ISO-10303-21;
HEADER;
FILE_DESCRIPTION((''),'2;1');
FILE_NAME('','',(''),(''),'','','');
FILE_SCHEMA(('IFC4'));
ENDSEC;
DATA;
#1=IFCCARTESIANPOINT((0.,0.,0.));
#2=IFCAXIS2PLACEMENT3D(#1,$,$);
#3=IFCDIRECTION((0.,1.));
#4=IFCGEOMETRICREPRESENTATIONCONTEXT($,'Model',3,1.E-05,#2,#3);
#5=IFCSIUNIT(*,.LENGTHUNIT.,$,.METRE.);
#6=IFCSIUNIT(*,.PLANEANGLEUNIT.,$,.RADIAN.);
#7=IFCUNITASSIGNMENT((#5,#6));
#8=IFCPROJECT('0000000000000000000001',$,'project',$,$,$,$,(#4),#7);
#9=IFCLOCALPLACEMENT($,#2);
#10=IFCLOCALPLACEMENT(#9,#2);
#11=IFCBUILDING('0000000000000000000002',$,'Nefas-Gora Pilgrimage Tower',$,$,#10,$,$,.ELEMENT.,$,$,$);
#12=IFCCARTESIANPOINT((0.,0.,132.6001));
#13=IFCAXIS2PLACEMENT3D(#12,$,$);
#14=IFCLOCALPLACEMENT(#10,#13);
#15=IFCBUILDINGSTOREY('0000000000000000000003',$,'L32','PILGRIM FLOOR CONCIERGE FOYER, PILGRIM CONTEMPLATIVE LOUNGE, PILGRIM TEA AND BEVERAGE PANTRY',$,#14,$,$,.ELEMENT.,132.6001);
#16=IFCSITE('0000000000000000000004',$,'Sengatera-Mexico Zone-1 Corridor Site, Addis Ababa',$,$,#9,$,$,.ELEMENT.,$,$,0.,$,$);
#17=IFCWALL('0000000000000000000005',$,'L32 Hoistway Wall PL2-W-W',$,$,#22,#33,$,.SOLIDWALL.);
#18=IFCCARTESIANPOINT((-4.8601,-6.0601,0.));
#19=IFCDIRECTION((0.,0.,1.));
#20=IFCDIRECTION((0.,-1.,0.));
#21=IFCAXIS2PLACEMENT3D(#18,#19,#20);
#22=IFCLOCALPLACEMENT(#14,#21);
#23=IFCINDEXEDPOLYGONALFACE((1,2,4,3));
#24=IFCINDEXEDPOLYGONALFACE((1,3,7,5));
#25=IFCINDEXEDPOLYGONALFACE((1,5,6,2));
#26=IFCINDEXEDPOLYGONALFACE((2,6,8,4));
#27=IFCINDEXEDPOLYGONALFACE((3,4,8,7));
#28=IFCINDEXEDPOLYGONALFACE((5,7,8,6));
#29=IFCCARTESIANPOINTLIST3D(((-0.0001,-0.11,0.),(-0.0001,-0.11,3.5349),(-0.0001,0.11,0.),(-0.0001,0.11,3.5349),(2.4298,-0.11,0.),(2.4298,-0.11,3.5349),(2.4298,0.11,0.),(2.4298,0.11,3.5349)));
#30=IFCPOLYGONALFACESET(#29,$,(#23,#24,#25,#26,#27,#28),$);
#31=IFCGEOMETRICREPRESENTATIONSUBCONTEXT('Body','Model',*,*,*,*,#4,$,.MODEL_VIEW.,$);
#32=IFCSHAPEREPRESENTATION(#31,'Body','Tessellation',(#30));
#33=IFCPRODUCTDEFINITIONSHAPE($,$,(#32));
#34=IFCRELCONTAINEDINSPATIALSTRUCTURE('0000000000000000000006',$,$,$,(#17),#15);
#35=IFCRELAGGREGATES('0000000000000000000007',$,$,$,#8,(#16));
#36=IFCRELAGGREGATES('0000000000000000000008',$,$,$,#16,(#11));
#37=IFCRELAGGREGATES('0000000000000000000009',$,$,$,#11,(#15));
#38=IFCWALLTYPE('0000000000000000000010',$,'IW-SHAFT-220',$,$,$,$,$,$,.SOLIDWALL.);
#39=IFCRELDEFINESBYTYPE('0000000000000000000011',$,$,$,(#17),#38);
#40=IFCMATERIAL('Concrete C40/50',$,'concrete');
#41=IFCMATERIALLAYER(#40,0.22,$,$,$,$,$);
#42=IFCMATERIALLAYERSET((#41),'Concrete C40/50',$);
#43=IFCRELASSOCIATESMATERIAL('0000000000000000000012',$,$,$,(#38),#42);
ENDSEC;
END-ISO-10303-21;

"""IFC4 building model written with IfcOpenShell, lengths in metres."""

from ifc_helpers import new_model, si_unit, direction, frame, frame_2d, origin, place, context, subcontext, project, spatial, rectangle, extrude, source, transform, mapped, material, layer, layer_set, type_object, element, save


model = new_model("IFC4")

# Units and contexts
model_context = context("Model", 3, precision=1e-05, world=origin(), true_north=direction((0.0, 1.0)))
body_context = subcontext(model_context, "Body", "Model", "MODEL_VIEW")
ifc_project = project(units=[si_unit("LENGTHUNIT", "METRE"), si_unit("PLANEANGLEUNIT", "RADIAN")], contexts=[model_context])

# Site, building, storey
site_placement = place(None, origin())
site = spatial("IfcSite", under=ifc_project, at=site_placement, Name="Sengatera-Mexico Zone-1 Corridor Site, Addis Ababa", CompositionType="ELEMENT", RefElevation=0.0)
building_placement = place(site_placement, origin())
building = spatial("IfcBuilding", under=site, at=building_placement, Name="Nefas-Gora Pilgrimage Tower", CompositionType="ELEMENT")
storey_placement = place(building_placement, frame((0.0, 0.0, 132.6001)))
storey = spatial("IfcBuildingStorey", under=building, at=storey_placement, Name="L32", Description="PILGRIM FLOOR CONCIERGE FOYER, PILGRIM CONTEMPLATIVE LOUNGE, PILGRIM TEA AND BEVERAGE PANTRY", CompositionType="ELEMENT", Elevation=132.6001)

# Wall
ifc_material_1 = material(Name="Concrete C40/50", Category="concrete")
ifc_layer_1 = layer(ifc_material_1, 0.22)
ifc_layer_set_1 = layer_set([ifc_layer_1], Name="Concrete C40/50")
wall_type_1 = type_object("IfcWallType", Name="IW-SHAFT-220", PredefinedType="SOLIDWALL", material=ifc_layer_set_1)
shared_shape_1 = source(origin(), body_context, "Body", "SweptSolid", [
    extrude(rectangle(XDim=2.4299, YDim=0.22, at=frame_2d((1.2148, 0.0))), origin(), (0.0, 0.0, 1.0), 3.5349),
])
for number, where, z_axis, x_axis, name in (
    (1, (-4.8601, -6.0601, 0.0), (0.0, 0.0, 1.0), (0.0, -1.0, 0.0), "L32 Hoistway Wall PL2-W-W"),
):
    element("IfcWall", number, at=place(storey_placement, frame(where, z_axis=z_axis, x_axis=x_axis)), inside=storey, type_object=wall_type_1, Name=name, PredefinedType="SOLIDWALL", context=body_context, shape_type="MappedRepresentation", body=[
        mapped(shared_shape_1, transform((0.0, 0.0, 0.0), x_axis=(1.0, 0.0, 0.0), y_axis=(0.0, 1.0, 0.0), z_axis=(0.0, 0.0, 1.0), scale=1.0)),
    ])

save(model, "model.ifc")
